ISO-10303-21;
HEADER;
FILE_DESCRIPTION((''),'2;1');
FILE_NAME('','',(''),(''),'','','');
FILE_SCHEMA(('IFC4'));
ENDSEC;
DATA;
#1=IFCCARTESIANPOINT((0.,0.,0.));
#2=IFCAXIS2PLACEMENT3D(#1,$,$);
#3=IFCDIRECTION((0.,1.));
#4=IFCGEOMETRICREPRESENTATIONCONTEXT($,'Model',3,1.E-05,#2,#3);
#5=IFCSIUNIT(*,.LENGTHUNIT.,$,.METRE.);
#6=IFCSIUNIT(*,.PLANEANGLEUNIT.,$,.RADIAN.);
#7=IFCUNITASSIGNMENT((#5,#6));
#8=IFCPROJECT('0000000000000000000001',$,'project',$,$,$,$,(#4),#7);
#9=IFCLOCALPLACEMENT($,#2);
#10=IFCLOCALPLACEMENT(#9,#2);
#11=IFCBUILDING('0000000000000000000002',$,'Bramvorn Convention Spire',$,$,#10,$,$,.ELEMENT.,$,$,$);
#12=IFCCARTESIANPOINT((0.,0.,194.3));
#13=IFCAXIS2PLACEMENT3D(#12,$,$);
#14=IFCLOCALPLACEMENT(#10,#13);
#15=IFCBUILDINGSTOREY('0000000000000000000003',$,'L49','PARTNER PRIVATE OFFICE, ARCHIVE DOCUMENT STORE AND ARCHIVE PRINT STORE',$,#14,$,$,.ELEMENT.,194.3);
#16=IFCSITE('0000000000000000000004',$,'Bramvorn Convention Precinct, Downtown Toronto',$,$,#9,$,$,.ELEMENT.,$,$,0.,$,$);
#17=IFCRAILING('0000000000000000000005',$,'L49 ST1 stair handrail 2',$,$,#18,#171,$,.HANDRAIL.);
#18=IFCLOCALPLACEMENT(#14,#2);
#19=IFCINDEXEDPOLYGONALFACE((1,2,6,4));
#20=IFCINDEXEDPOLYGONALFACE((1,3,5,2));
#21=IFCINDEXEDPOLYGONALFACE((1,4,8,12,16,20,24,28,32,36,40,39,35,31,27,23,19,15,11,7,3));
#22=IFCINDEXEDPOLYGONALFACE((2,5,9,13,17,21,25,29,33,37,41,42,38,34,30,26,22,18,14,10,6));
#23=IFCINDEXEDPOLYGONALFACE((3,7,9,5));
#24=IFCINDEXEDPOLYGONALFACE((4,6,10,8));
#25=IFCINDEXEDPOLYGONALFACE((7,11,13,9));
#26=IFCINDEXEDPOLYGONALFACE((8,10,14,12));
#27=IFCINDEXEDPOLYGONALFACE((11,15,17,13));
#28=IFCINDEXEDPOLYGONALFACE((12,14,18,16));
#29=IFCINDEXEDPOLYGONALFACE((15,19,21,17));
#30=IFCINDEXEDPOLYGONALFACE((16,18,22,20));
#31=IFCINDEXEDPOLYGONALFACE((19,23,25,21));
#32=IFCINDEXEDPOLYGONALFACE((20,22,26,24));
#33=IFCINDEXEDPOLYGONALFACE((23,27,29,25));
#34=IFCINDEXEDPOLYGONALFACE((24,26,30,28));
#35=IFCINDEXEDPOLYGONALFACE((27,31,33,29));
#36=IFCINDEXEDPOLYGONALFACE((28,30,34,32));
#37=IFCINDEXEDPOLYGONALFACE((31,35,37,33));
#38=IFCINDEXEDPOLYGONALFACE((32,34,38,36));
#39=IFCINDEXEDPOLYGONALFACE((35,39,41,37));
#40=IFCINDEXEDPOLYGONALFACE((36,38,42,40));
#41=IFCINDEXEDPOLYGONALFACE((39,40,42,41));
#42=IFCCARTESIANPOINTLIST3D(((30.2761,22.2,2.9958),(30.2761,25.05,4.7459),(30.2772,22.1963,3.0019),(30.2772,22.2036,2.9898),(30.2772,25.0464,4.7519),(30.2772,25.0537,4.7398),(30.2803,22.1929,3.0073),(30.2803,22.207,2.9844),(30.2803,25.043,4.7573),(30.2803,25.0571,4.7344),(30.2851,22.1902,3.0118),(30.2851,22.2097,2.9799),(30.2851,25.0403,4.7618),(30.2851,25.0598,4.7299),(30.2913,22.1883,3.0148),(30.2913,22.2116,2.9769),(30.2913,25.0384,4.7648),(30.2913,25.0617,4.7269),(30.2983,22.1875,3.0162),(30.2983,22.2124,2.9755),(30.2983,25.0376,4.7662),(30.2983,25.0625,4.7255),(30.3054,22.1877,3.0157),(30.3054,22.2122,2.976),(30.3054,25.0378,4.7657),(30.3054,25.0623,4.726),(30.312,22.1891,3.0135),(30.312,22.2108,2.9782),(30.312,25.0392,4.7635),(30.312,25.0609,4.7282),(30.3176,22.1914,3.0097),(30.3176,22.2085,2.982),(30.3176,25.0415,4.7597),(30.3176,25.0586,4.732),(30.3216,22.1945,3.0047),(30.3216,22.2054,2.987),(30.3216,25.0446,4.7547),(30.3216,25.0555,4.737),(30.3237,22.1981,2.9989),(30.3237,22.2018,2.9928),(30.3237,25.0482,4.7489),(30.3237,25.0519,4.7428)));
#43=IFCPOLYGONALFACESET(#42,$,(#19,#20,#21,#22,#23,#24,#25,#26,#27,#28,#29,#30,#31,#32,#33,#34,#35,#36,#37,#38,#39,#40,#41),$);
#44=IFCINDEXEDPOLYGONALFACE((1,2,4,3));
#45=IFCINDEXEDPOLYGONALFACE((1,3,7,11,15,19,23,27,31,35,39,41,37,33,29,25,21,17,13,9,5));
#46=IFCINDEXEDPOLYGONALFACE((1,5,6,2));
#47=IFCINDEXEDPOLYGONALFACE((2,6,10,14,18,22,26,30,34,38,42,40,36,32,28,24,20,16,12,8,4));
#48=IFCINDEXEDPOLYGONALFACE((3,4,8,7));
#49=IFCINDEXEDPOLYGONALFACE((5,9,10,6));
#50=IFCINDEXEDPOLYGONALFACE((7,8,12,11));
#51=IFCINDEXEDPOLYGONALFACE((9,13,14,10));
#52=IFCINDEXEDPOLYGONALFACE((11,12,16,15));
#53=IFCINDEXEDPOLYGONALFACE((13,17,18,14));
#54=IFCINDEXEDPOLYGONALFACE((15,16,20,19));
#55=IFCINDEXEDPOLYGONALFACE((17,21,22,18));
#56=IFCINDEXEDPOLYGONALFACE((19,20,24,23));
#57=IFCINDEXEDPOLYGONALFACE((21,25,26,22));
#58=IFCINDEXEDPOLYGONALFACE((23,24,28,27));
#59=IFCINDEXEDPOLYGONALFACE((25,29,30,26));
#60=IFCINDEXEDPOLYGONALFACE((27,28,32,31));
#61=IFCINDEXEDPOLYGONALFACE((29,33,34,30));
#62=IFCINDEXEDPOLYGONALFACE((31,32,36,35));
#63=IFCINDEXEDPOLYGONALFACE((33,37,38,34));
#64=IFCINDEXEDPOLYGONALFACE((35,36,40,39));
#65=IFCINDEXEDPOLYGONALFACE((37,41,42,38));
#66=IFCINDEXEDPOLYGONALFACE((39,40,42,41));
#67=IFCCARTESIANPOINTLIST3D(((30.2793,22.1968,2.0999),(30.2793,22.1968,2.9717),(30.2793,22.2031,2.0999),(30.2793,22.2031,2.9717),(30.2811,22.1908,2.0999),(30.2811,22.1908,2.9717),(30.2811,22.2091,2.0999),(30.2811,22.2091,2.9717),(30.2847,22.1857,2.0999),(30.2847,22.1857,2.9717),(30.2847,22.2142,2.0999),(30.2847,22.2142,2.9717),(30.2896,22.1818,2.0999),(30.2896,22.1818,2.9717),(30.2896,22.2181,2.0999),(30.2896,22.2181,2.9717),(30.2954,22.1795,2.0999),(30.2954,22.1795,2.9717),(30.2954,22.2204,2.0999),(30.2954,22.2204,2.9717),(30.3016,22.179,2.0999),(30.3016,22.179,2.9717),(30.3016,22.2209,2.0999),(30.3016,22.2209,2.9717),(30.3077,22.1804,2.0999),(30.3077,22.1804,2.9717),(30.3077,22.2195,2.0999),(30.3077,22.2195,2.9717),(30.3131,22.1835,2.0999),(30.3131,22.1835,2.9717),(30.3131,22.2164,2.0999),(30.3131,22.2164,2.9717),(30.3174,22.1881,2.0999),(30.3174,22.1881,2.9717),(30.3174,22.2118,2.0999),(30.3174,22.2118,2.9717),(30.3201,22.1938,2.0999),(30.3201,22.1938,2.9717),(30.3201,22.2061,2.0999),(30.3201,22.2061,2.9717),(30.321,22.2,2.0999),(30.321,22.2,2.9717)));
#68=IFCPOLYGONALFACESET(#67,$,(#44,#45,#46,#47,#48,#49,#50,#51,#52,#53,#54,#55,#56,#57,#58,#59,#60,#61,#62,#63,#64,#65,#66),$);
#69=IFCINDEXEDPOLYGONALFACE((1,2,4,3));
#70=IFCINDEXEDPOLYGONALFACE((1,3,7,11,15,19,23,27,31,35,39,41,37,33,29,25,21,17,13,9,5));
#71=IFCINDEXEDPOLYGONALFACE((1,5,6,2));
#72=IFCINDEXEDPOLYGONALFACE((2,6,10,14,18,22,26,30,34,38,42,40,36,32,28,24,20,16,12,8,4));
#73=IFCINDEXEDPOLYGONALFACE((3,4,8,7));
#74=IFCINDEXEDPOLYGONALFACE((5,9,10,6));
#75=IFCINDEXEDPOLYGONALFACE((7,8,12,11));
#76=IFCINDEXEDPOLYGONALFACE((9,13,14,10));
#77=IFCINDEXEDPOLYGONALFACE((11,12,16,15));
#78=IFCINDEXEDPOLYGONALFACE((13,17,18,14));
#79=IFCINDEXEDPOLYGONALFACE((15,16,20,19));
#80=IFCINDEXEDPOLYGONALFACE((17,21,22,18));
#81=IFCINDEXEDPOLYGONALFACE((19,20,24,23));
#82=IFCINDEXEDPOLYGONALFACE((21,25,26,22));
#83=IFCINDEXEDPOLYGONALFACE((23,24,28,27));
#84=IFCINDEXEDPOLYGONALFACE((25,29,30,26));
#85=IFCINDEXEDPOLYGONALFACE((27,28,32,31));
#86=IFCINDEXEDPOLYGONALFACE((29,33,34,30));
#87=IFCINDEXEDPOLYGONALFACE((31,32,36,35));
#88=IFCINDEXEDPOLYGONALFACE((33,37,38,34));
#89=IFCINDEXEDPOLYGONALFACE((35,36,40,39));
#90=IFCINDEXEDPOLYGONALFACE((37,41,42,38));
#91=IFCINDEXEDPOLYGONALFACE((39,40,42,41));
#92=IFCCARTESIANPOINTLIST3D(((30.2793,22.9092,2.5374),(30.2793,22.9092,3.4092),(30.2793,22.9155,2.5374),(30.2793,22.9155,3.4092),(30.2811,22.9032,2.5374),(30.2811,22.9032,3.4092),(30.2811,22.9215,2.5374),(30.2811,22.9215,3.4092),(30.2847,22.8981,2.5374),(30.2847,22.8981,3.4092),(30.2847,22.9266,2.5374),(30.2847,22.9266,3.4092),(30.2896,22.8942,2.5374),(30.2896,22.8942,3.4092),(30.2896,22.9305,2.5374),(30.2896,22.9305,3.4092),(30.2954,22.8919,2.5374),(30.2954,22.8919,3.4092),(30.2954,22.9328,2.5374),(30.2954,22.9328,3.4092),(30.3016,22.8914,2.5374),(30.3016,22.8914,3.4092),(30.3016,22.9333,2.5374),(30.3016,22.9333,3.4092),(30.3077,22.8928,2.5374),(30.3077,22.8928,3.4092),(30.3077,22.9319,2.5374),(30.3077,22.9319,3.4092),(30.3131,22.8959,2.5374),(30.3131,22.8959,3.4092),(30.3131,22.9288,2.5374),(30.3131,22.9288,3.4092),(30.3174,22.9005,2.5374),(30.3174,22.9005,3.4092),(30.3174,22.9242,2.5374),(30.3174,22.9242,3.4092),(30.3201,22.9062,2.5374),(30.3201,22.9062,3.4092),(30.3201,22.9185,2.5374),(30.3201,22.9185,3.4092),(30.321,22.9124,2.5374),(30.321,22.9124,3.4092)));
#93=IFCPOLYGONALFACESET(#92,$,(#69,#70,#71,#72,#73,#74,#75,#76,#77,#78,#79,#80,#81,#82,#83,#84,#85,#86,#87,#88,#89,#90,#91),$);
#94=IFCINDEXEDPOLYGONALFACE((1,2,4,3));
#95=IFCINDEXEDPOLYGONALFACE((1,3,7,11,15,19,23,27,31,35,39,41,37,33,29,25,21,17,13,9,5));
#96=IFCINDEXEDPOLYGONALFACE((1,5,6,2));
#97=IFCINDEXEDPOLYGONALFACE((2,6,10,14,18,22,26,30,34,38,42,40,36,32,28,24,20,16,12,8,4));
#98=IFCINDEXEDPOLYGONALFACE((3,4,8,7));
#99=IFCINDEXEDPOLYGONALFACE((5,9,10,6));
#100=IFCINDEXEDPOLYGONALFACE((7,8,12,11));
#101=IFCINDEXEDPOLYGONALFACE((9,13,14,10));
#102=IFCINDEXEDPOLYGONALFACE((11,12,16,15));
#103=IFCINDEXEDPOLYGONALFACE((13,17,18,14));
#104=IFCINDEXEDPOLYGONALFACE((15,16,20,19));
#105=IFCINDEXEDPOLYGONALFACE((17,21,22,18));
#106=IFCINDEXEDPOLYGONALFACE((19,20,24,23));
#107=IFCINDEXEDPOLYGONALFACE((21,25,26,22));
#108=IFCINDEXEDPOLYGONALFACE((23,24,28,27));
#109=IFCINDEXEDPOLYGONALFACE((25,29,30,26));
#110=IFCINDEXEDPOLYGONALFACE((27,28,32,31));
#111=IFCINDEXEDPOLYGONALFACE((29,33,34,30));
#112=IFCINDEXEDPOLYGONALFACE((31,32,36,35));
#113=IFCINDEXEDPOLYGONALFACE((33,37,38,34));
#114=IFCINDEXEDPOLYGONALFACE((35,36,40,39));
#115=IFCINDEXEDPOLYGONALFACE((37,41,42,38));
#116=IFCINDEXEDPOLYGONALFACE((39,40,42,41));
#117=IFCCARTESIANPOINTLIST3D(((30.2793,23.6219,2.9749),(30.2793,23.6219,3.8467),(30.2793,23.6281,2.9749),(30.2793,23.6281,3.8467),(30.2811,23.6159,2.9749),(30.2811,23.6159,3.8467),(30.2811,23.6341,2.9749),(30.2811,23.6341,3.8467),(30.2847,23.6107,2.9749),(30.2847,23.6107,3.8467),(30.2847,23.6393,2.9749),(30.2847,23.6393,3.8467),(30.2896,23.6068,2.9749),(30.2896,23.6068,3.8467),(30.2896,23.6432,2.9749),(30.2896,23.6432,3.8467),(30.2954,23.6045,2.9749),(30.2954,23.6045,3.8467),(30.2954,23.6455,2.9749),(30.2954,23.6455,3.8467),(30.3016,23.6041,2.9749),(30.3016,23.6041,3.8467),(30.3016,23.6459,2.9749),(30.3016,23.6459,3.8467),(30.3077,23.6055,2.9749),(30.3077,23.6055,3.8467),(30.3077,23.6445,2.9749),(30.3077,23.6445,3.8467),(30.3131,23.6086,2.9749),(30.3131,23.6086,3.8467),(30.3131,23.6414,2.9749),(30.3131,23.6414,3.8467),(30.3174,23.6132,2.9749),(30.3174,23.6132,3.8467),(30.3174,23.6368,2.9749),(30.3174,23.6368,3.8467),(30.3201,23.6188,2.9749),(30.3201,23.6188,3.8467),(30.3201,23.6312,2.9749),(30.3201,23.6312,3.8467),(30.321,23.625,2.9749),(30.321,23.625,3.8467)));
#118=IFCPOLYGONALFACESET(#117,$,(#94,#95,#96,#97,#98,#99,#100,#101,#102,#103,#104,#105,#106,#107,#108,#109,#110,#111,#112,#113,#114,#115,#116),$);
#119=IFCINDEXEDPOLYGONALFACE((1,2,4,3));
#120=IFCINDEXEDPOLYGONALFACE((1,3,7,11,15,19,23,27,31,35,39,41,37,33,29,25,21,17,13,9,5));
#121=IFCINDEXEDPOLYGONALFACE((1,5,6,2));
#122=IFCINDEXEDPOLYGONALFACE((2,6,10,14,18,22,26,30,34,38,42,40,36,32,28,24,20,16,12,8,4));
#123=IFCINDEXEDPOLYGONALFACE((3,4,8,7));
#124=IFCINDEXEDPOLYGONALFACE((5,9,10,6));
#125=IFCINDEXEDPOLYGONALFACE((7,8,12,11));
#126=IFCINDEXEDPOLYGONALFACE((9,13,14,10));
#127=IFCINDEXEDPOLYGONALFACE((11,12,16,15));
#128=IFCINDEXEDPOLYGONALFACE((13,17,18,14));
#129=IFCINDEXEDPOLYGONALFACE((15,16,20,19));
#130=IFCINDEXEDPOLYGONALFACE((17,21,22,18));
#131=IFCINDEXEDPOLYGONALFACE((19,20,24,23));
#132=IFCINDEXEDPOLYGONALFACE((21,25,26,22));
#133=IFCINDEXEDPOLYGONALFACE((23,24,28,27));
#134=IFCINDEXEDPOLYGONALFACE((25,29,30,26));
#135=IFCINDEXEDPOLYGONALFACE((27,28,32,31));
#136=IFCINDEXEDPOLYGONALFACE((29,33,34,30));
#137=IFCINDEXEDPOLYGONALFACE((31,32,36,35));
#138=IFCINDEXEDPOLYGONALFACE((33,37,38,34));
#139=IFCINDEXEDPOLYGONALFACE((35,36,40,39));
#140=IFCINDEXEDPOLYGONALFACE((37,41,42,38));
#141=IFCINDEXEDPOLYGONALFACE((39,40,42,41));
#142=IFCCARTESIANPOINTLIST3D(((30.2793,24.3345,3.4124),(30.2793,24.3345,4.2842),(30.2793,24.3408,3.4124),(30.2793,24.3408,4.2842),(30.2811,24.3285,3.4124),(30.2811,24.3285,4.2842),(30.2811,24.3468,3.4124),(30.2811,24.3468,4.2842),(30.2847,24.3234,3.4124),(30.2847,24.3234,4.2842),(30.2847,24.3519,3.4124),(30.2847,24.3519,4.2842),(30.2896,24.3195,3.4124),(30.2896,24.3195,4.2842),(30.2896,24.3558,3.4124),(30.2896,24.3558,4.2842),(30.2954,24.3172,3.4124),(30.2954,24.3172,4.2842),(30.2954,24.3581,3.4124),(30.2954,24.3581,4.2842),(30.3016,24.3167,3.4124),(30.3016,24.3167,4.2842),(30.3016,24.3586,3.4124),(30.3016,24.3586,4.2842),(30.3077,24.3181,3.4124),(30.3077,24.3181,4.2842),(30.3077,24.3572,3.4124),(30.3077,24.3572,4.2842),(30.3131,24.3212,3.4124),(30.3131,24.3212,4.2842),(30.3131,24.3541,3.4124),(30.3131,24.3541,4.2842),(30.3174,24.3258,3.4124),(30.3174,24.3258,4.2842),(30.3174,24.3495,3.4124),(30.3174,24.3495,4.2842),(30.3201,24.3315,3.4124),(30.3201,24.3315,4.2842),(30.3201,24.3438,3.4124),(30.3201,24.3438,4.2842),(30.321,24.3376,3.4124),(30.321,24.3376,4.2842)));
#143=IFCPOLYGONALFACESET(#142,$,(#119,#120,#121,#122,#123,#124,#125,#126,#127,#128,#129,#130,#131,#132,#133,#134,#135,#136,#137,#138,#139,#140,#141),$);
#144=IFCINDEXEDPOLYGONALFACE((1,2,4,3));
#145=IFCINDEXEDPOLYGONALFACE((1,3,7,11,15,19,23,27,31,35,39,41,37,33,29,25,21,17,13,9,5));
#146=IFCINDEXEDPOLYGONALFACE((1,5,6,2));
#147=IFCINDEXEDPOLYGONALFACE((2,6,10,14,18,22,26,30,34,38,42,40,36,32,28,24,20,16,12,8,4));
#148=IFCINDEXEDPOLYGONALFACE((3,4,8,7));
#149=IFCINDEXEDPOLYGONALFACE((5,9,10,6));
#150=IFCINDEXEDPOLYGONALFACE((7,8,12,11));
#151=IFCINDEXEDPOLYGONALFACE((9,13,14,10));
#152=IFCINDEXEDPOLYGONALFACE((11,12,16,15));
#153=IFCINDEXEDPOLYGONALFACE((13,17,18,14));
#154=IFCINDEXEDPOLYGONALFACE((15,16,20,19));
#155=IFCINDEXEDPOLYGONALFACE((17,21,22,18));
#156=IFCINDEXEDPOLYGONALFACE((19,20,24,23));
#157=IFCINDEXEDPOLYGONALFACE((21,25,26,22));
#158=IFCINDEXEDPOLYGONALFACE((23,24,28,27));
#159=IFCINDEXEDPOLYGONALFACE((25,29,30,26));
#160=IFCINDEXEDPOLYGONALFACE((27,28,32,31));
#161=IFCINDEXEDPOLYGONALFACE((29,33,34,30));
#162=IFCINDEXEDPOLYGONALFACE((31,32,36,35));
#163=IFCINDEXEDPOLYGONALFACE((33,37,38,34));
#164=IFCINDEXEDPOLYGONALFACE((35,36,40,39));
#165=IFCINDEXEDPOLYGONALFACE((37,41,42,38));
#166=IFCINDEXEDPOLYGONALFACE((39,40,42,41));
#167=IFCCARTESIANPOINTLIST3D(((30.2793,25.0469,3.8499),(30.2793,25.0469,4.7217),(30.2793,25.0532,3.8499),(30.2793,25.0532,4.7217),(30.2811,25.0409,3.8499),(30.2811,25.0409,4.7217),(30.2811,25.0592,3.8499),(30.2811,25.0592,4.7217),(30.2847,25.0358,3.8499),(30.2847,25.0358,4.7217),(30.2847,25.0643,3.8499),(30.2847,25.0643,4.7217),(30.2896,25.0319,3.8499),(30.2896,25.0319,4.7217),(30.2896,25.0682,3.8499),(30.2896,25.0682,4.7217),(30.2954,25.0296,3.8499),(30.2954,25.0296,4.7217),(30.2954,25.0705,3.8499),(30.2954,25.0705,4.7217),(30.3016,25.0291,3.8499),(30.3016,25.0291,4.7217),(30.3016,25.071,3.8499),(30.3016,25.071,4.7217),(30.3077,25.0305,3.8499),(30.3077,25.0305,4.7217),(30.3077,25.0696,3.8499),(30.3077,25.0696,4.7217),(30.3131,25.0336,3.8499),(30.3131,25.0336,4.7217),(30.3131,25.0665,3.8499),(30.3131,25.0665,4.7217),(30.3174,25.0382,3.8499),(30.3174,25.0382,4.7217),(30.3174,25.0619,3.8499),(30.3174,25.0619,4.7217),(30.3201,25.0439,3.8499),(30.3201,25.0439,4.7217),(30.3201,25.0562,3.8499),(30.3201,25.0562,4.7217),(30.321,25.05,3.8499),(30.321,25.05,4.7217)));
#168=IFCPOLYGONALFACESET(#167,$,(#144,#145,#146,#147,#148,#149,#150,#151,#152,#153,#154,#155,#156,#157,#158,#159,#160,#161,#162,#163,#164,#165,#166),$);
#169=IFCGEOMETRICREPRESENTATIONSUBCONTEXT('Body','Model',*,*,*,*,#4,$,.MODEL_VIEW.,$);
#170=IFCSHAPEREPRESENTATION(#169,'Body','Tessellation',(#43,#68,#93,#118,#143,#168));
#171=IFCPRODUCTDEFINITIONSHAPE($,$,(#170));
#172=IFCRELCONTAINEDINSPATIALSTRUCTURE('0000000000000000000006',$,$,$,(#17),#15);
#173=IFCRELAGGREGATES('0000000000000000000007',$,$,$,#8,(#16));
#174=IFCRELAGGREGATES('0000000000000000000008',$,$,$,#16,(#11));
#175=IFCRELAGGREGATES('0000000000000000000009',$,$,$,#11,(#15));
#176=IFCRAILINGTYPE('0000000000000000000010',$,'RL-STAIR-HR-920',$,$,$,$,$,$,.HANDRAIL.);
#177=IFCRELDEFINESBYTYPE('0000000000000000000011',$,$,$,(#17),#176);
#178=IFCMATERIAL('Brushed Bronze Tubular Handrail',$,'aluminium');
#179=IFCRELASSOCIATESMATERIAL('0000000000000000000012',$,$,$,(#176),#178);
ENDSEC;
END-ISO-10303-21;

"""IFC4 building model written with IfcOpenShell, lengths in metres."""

from ifc_helpers import new_model, si_unit, direction, frame, origin, origin_2d, place, context, subcontext, project, spatial, circle, extrude, material, type_object, element, save


model = new_model("IFC4")

# Units and contexts
model_context = context("Model", 3, precision=1e-05, world=origin(), true_north=direction((0.0, 1.0)))
body_context = subcontext(model_context, "Body", "Model", "MODEL_VIEW")
ifc_project = project(units=[si_unit("LENGTHUNIT", "METRE"), si_unit("PLANEANGLEUNIT", "RADIAN")], contexts=[model_context])

# Site, building, storey
site_placement = place(None, origin())
site = spatial("IfcSite", under=ifc_project, at=site_placement, Name="Bramvorn Convention Precinct, Downtown Toronto", CompositionType="ELEMENT", RefElevation=0.0)
building_placement = place(site_placement, origin())
building = spatial("IfcBuilding", under=site, at=building_placement, Name="Bramvorn Convention Spire", CompositionType="ELEMENT")
storey_placement = place(building_placement, frame((0.0, 0.0, 194.3)))
storey = spatial("IfcBuildingStorey", under=building, at=storey_placement, Name="L49", Description="PARTNER PRIVATE OFFICE, ARCHIVE DOCUMENT STORE AND ARCHIVE PRINT STORE", CompositionType="ELEMENT", Elevation=194.3)

# Railing
ifc_material_1 = material(Name="Brushed Bronze Tubular Handrail", Category="aluminium")
railing_type_1 = type_object("IfcRailingType", Name="RL-STAIR-HR-920", PredefinedType="HANDRAIL", material=ifc_material_1)
railing_1_placement = place(storey_placement, frame((30.3, 22.2, 2.0999)))
element("IfcRailing", 1, at=railing_1_placement, inside=storey, type_object=railing_type_1, Name="L49 ST1 stair handrail 2", PredefinedType="HANDRAIL", context=body_context, shape_type="SweptSolid", body=[
    extrude(circle(Radius=0.0239, at=origin_2d()), frame((0.0, 0.0, 0.896), z_axis=(0.0, 0.852179, 0.52325), x_axis=(-1.0, 0.0, 0.0)), (0.0, 0.0, 1.0), 3.3445),
    extrude(circle(Radius=0.021, at=origin_2d()), origin(), (0.0, 0.0, 1.0), 0.8718),
    extrude(circle(Radius=0.021, at=origin_2d()), frame((0.0, 0.7124, 0.4375)), (0.0, 0.0, 1.0), 0.8718),
    extrude(circle(Radius=0.021, at=origin_2d()), frame((0.0, 1.425, 0.875)), (0.0, 0.0, 1.0), 0.8718),
    extrude(circle(Radius=0.021, at=origin_2d()), frame((0.0, 2.1377, 1.3125)), (0.0, 0.0, 1.0), 0.8718),
    extrude(circle(Radius=0.021, at=origin_2d()), frame((0.0, 2.8501, 1.75)), (0.0, 0.0, 1.0), 0.8718),
])

save(model, "model.ifc")
